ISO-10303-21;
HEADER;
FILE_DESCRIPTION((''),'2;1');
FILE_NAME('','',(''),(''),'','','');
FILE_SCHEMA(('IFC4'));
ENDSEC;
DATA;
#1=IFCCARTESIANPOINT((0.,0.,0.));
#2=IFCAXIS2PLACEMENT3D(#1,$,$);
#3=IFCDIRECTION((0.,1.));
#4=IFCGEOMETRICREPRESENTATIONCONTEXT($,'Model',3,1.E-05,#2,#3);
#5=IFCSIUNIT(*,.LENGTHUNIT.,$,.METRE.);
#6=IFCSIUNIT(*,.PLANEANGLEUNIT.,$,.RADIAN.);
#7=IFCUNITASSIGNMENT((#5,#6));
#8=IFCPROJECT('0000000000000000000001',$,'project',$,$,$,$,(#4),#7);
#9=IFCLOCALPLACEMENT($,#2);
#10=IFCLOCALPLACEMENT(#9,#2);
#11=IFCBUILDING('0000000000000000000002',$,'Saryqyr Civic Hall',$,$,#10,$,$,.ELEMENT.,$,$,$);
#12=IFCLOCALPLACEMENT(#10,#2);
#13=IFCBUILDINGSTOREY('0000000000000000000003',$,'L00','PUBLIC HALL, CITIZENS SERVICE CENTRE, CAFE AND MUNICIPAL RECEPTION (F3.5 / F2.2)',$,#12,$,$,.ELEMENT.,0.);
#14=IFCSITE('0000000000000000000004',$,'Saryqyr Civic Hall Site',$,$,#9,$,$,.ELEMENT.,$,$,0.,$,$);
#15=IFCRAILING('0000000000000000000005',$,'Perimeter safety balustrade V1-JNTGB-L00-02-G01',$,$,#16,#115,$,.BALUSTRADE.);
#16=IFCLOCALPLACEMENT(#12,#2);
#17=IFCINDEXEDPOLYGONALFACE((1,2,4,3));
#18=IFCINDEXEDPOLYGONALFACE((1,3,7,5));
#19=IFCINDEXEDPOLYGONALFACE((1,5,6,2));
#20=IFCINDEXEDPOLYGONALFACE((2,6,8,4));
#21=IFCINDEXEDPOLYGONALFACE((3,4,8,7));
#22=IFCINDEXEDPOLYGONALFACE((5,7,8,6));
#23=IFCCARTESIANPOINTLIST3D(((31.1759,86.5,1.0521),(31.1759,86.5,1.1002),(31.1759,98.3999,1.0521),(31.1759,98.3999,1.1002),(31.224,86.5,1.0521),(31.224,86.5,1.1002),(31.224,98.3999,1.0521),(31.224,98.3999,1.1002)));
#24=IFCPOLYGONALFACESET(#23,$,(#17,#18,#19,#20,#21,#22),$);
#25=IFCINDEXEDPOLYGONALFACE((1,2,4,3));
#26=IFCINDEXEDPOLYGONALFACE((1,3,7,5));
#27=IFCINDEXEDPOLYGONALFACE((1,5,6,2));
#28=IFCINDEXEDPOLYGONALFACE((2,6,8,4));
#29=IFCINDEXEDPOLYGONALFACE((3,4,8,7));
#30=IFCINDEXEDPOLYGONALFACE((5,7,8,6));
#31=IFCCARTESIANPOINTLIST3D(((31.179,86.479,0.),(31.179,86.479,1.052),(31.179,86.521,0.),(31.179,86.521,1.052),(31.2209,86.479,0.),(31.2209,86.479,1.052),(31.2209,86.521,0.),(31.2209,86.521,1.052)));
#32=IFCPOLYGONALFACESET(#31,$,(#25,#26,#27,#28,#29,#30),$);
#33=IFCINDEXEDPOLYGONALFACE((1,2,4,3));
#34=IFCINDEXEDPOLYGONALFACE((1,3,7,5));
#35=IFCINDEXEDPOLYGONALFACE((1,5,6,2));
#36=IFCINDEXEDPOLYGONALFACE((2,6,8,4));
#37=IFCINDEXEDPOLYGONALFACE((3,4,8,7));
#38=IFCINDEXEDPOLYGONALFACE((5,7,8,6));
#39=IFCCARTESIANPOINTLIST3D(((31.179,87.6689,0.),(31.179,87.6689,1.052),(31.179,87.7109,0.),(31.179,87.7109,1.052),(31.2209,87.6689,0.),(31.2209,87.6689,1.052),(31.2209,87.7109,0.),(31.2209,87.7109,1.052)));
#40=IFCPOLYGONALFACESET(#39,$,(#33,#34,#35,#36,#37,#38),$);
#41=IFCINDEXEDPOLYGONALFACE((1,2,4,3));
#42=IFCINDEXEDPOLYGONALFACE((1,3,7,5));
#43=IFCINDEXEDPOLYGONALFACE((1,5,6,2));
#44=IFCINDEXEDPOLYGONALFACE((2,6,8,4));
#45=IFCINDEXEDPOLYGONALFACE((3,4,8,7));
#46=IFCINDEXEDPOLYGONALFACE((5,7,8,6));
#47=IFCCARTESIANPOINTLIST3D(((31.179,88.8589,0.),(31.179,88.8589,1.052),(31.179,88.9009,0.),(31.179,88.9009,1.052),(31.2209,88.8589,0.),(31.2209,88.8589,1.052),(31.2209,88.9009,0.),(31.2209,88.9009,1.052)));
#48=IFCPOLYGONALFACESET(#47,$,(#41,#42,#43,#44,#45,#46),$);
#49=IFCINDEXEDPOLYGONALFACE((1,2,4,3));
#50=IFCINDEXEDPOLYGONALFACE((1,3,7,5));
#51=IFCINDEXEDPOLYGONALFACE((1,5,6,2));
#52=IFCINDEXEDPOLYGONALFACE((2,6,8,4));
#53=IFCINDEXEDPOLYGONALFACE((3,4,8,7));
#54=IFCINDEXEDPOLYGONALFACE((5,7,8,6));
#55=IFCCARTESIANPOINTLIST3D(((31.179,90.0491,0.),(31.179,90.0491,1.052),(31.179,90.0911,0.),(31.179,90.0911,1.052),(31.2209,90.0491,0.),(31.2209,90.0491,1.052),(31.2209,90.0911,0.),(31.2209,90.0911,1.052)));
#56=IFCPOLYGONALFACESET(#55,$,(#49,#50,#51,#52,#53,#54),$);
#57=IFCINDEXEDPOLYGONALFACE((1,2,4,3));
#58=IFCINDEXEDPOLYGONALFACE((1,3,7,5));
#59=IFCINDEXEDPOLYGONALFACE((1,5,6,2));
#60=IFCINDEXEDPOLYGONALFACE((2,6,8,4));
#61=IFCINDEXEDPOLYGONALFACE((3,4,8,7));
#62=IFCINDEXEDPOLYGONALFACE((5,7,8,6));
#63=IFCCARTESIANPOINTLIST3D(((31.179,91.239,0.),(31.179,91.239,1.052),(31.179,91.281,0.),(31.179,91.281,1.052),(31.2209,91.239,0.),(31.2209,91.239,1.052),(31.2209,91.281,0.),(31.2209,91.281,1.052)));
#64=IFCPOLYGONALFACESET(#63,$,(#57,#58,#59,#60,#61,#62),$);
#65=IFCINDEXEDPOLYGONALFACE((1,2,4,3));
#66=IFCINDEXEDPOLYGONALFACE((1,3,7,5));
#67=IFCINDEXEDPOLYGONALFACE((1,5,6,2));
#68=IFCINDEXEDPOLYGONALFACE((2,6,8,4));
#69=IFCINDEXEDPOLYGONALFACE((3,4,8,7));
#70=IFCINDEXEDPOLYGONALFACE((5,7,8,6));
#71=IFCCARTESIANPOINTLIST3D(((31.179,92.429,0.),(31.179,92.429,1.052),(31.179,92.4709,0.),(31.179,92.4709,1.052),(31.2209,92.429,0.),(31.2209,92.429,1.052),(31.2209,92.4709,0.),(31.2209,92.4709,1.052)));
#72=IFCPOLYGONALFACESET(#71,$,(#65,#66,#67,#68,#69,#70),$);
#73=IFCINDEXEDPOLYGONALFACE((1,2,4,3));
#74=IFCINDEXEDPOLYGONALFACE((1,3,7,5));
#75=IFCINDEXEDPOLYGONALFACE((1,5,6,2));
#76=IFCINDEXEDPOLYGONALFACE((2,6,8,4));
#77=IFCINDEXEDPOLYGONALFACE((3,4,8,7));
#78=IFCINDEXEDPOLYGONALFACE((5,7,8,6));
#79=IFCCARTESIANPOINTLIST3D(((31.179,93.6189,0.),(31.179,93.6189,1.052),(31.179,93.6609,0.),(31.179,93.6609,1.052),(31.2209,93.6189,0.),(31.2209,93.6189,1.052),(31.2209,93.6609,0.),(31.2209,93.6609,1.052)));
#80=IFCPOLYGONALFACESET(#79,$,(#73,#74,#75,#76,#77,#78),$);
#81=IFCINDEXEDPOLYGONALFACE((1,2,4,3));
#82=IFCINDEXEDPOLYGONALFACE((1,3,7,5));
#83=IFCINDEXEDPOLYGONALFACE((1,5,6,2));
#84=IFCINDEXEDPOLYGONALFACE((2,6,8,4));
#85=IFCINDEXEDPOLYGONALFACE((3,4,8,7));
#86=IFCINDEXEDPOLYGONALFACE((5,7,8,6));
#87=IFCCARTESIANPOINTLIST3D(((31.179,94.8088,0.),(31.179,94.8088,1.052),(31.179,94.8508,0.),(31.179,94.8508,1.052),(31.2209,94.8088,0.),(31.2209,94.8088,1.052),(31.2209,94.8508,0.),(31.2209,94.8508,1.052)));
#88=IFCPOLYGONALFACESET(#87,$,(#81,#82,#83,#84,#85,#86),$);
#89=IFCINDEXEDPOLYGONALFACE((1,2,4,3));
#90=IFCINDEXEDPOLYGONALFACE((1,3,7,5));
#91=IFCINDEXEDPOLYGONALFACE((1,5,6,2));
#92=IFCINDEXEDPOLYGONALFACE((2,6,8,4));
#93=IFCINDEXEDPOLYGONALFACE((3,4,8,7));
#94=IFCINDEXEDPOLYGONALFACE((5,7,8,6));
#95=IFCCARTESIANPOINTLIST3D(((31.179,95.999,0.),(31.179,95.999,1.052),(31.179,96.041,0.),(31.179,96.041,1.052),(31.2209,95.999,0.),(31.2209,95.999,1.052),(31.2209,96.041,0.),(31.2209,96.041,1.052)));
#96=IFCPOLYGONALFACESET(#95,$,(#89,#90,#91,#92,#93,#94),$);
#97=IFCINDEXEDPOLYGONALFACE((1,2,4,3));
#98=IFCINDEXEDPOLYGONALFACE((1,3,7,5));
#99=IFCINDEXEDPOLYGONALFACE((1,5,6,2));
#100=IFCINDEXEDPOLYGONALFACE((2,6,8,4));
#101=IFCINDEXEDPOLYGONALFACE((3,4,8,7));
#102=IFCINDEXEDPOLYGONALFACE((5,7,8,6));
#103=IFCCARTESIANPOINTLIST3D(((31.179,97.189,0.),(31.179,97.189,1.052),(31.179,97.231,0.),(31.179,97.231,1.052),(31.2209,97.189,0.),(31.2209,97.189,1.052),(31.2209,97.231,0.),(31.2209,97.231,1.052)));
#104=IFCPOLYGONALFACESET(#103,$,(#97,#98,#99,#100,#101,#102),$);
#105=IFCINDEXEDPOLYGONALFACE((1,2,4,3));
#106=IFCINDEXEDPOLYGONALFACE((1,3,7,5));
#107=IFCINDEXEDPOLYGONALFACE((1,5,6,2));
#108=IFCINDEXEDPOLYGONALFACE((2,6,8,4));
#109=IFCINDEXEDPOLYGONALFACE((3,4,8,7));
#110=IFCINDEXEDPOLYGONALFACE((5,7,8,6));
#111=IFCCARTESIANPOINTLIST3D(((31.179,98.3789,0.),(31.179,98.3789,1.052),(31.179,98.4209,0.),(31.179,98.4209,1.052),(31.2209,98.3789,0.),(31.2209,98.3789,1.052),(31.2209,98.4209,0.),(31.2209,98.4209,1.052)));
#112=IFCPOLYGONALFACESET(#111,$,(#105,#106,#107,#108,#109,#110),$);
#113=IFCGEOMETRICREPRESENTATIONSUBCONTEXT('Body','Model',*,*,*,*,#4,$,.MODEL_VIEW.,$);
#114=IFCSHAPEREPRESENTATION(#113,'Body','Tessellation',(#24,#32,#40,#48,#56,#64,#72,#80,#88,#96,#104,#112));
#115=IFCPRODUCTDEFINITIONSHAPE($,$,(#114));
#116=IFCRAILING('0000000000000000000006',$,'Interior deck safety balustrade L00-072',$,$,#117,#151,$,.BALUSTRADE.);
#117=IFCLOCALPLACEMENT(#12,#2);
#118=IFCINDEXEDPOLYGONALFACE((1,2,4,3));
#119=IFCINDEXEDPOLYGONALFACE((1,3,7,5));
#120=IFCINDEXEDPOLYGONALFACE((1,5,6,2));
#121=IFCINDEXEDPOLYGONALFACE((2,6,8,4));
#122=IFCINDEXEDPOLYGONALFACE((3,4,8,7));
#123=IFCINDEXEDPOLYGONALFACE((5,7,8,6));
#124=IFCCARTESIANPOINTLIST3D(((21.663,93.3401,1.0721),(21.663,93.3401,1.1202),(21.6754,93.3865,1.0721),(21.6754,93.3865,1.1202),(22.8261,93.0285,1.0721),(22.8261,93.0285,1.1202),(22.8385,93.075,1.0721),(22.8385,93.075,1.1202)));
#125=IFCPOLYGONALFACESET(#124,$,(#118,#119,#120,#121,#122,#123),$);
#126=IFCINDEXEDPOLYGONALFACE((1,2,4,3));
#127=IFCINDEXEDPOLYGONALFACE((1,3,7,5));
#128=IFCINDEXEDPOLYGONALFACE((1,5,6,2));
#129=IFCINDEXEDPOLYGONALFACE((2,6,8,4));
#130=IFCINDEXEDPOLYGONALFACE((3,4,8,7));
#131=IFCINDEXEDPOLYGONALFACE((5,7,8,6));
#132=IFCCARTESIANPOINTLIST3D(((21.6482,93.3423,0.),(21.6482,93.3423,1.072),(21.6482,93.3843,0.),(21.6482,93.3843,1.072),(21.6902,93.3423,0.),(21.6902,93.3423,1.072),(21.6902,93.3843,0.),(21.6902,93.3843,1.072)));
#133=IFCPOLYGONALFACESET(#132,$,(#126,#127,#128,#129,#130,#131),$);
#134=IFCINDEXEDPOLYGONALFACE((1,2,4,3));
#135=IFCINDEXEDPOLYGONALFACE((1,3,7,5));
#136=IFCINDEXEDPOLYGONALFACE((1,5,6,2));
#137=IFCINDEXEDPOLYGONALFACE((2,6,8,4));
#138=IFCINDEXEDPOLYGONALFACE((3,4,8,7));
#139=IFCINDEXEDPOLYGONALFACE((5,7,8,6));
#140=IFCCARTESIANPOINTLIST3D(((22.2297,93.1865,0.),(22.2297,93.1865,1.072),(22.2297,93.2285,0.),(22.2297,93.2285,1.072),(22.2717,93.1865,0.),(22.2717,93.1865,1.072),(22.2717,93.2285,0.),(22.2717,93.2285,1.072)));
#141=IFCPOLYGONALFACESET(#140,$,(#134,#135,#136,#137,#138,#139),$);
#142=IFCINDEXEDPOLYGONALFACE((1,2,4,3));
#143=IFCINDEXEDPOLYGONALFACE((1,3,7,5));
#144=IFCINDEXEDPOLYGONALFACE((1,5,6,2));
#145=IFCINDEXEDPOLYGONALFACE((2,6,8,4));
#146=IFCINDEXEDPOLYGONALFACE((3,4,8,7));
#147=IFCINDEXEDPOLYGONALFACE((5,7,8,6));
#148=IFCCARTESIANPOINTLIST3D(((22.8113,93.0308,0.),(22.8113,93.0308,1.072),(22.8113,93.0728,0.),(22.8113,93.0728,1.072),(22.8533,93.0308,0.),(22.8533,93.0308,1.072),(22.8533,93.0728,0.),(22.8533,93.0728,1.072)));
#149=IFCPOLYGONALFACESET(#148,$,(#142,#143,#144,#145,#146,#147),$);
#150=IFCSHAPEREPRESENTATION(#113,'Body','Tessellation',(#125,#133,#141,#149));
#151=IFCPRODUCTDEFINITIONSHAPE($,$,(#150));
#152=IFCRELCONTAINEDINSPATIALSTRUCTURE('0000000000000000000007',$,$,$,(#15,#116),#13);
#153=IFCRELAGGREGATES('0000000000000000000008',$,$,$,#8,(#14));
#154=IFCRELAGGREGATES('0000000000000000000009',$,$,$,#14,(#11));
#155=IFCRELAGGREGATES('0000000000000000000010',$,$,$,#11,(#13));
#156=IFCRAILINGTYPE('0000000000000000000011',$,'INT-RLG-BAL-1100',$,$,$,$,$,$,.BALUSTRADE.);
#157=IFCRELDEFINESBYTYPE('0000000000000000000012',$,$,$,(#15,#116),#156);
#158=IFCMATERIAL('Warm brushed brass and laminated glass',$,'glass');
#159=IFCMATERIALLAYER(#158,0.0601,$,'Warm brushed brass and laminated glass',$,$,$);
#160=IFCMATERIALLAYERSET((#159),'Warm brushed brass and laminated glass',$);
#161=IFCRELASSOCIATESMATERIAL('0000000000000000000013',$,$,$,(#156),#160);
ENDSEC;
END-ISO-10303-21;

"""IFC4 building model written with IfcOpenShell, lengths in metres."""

from ifc_helpers import new_model, si_unit, direction, frame, origin, origin_2d, place, context, subcontext, project, spatial, rectangle, extrude, material, layer, layer_set, type_object, element, save


model = new_model("IFC4")

# Units and contexts
model_context = context("Model", 3, precision=1e-05, world=origin(), true_north=direction((0.0, 1.0)))
body_context = subcontext(model_context, "Body", "Model", "MODEL_VIEW")
ifc_project = project(units=[si_unit("LENGTHUNIT", "METRE"), si_unit("PLANEANGLEUNIT", "RADIAN")], contexts=[model_context])

# Site, building, storey
site_placement = place(None, origin())
site = spatial("IfcSite", under=ifc_project, at=site_placement, Name="Saryqyr Civic Hall Site", CompositionType="ELEMENT", RefElevation=0.0)
building_placement = place(site_placement, origin())
building = spatial("IfcBuilding", under=site, at=building_placement, Name="Saryqyr Civic Hall", CompositionType="ELEMENT")
storey_placement = place(building_placement, origin())
storey = spatial("IfcBuildingStorey", under=building, at=storey_placement, Name="L00", Description="PUBLIC HALL, CITIZENS SERVICE CENTRE, CAFE AND MUNICIPAL RECEPTION (F3.5 / F2.2)", CompositionType="ELEMENT", Elevation=0.0)

# Railings
ifc_material_1 = material(Name="Warm brushed brass and laminated glass", Category="glass")
ifc_layer_1 = layer(ifc_material_1, 0.0601, Name="Warm brushed brass and laminated glass")
ifc_layer_set_1 = layer_set([ifc_layer_1], Name="Warm brushed brass and laminated glass")
railing_type = type_object("IfcRailingType", Name="INT-RLG-BAL-1100", PredefinedType="BALUSTRADE", material=ifc_layer_set_1)
railing_1_placement = place(storey_placement, frame((31.2, 86.5, 0.0)))
element("IfcRailing", 1, at=railing_1_placement, inside=storey, type_object=railing_type, Name="Perimeter safety balustrade V1-JNTGB-L00-02-G01", PredefinedType="BALUSTRADE", context=body_context, shape_type="SweptSolid", body=[
    extrude(rectangle(XDim=0.0481, YDim=0.0481, at=origin_2d()), frame((0.0, 0.0, 1.0762), z_axis=(0.0, 1.0, 0.0), x_axis=(-1.0, 0.0, 0.0)), (0.0, 0.0, 1.0), 11.8999),
    extrude(rectangle(XDim=0.042, YDim=0.042, at=origin_2d()), origin(), (0.0, 0.0, 1.0), 1.052),
    extrude(rectangle(XDim=0.042, YDim=0.042, at=origin_2d()), frame((0.0, 1.1899, 0.0)), (0.0, 0.0, 1.0), 1.052),
    extrude(rectangle(XDim=0.042, YDim=0.042, at=origin_2d()), frame((0.0, 2.3799, 0.0)), (0.0, 0.0, 1.0), 1.052),
    extrude(rectangle(XDim=0.042, YDim=0.042, at=origin_2d()), frame((0.0, 3.5701, 0.0)), (0.0, 0.0, 1.0), 1.052),
    extrude(rectangle(XDim=0.042, YDim=0.042, at=origin_2d()), frame((0.0, 4.76, 0.0)), (0.0, 0.0, 1.0), 1.052),
    extrude(rectangle(XDim=0.042, YDim=0.042, at=origin_2d()), frame((0.0, 5.95, 0.0)), (0.0, 0.0, 1.0), 1.052),
    extrude(rectangle(XDim=0.042, YDim=0.042, at=origin_2d()), frame((0.0, 7.1399, 0.0)), (0.0, 0.0, 1.0), 1.052),
    extrude(rectangle(XDim=0.042, YDim=0.042, at=origin_2d()), frame((0.0, 8.3298, 0.0)), (0.0, 0.0, 1.0), 1.052),
    extrude(rectangle(XDim=0.042, YDim=0.042, at=origin_2d()), frame((0.0, 9.52, 0.0)), (0.0, 0.0, 1.0), 1.052),
    extrude(rectangle(XDim=0.042, YDim=0.042, at=origin_2d()), frame((0.0, 10.71, 0.0)), (0.0, 0.0, 1.0), 1.052),
    extrude(rectangle(XDim=0.042, YDim=0.042, at=origin_2d()), frame((0.0, 11.8999, 0.0)), (0.0, 0.0, 1.0), 1.052),
])
railing_2_placement = place(storey_placement, frame((21.6692, 93.3633, 0.0)))
element("IfcRailing", 2, at=railing_2_placement, inside=storey, type_object=railing_type, Name="Interior deck safety balustrade L00-072", PredefinedType="BALUSTRADE", context=body_context, shape_type="SweptSolid", body=[
    extrude(rectangle(XDim=0.0481, YDim=0.0481, at=origin_2d()), frame((0.0, 0.0, 1.0962), z_axis=(0.965952, -0.258723, 0.0), x_axis=(0.258723, 0.965952, 0.0)), (0.0, 0.0, 1.0), 1.2041),
    extrude(rectangle(XDim=0.042, YDim=0.042, at=origin_2d()), origin(), (0.0, 0.0, 1.0), 1.072),
    extrude(rectangle(XDim=0.042, YDim=0.042, at=origin_2d()), frame((0.5815, -0.1558, 0.0)), (0.0, 0.0, 1.0), 1.072),
    extrude(rectangle(XDim=0.042, YDim=0.042, at=origin_2d()), frame((1.1631, -0.3115, 0.0)), (0.0, 0.0, 1.0), 1.072),
])

save(model, "model.ifc")
